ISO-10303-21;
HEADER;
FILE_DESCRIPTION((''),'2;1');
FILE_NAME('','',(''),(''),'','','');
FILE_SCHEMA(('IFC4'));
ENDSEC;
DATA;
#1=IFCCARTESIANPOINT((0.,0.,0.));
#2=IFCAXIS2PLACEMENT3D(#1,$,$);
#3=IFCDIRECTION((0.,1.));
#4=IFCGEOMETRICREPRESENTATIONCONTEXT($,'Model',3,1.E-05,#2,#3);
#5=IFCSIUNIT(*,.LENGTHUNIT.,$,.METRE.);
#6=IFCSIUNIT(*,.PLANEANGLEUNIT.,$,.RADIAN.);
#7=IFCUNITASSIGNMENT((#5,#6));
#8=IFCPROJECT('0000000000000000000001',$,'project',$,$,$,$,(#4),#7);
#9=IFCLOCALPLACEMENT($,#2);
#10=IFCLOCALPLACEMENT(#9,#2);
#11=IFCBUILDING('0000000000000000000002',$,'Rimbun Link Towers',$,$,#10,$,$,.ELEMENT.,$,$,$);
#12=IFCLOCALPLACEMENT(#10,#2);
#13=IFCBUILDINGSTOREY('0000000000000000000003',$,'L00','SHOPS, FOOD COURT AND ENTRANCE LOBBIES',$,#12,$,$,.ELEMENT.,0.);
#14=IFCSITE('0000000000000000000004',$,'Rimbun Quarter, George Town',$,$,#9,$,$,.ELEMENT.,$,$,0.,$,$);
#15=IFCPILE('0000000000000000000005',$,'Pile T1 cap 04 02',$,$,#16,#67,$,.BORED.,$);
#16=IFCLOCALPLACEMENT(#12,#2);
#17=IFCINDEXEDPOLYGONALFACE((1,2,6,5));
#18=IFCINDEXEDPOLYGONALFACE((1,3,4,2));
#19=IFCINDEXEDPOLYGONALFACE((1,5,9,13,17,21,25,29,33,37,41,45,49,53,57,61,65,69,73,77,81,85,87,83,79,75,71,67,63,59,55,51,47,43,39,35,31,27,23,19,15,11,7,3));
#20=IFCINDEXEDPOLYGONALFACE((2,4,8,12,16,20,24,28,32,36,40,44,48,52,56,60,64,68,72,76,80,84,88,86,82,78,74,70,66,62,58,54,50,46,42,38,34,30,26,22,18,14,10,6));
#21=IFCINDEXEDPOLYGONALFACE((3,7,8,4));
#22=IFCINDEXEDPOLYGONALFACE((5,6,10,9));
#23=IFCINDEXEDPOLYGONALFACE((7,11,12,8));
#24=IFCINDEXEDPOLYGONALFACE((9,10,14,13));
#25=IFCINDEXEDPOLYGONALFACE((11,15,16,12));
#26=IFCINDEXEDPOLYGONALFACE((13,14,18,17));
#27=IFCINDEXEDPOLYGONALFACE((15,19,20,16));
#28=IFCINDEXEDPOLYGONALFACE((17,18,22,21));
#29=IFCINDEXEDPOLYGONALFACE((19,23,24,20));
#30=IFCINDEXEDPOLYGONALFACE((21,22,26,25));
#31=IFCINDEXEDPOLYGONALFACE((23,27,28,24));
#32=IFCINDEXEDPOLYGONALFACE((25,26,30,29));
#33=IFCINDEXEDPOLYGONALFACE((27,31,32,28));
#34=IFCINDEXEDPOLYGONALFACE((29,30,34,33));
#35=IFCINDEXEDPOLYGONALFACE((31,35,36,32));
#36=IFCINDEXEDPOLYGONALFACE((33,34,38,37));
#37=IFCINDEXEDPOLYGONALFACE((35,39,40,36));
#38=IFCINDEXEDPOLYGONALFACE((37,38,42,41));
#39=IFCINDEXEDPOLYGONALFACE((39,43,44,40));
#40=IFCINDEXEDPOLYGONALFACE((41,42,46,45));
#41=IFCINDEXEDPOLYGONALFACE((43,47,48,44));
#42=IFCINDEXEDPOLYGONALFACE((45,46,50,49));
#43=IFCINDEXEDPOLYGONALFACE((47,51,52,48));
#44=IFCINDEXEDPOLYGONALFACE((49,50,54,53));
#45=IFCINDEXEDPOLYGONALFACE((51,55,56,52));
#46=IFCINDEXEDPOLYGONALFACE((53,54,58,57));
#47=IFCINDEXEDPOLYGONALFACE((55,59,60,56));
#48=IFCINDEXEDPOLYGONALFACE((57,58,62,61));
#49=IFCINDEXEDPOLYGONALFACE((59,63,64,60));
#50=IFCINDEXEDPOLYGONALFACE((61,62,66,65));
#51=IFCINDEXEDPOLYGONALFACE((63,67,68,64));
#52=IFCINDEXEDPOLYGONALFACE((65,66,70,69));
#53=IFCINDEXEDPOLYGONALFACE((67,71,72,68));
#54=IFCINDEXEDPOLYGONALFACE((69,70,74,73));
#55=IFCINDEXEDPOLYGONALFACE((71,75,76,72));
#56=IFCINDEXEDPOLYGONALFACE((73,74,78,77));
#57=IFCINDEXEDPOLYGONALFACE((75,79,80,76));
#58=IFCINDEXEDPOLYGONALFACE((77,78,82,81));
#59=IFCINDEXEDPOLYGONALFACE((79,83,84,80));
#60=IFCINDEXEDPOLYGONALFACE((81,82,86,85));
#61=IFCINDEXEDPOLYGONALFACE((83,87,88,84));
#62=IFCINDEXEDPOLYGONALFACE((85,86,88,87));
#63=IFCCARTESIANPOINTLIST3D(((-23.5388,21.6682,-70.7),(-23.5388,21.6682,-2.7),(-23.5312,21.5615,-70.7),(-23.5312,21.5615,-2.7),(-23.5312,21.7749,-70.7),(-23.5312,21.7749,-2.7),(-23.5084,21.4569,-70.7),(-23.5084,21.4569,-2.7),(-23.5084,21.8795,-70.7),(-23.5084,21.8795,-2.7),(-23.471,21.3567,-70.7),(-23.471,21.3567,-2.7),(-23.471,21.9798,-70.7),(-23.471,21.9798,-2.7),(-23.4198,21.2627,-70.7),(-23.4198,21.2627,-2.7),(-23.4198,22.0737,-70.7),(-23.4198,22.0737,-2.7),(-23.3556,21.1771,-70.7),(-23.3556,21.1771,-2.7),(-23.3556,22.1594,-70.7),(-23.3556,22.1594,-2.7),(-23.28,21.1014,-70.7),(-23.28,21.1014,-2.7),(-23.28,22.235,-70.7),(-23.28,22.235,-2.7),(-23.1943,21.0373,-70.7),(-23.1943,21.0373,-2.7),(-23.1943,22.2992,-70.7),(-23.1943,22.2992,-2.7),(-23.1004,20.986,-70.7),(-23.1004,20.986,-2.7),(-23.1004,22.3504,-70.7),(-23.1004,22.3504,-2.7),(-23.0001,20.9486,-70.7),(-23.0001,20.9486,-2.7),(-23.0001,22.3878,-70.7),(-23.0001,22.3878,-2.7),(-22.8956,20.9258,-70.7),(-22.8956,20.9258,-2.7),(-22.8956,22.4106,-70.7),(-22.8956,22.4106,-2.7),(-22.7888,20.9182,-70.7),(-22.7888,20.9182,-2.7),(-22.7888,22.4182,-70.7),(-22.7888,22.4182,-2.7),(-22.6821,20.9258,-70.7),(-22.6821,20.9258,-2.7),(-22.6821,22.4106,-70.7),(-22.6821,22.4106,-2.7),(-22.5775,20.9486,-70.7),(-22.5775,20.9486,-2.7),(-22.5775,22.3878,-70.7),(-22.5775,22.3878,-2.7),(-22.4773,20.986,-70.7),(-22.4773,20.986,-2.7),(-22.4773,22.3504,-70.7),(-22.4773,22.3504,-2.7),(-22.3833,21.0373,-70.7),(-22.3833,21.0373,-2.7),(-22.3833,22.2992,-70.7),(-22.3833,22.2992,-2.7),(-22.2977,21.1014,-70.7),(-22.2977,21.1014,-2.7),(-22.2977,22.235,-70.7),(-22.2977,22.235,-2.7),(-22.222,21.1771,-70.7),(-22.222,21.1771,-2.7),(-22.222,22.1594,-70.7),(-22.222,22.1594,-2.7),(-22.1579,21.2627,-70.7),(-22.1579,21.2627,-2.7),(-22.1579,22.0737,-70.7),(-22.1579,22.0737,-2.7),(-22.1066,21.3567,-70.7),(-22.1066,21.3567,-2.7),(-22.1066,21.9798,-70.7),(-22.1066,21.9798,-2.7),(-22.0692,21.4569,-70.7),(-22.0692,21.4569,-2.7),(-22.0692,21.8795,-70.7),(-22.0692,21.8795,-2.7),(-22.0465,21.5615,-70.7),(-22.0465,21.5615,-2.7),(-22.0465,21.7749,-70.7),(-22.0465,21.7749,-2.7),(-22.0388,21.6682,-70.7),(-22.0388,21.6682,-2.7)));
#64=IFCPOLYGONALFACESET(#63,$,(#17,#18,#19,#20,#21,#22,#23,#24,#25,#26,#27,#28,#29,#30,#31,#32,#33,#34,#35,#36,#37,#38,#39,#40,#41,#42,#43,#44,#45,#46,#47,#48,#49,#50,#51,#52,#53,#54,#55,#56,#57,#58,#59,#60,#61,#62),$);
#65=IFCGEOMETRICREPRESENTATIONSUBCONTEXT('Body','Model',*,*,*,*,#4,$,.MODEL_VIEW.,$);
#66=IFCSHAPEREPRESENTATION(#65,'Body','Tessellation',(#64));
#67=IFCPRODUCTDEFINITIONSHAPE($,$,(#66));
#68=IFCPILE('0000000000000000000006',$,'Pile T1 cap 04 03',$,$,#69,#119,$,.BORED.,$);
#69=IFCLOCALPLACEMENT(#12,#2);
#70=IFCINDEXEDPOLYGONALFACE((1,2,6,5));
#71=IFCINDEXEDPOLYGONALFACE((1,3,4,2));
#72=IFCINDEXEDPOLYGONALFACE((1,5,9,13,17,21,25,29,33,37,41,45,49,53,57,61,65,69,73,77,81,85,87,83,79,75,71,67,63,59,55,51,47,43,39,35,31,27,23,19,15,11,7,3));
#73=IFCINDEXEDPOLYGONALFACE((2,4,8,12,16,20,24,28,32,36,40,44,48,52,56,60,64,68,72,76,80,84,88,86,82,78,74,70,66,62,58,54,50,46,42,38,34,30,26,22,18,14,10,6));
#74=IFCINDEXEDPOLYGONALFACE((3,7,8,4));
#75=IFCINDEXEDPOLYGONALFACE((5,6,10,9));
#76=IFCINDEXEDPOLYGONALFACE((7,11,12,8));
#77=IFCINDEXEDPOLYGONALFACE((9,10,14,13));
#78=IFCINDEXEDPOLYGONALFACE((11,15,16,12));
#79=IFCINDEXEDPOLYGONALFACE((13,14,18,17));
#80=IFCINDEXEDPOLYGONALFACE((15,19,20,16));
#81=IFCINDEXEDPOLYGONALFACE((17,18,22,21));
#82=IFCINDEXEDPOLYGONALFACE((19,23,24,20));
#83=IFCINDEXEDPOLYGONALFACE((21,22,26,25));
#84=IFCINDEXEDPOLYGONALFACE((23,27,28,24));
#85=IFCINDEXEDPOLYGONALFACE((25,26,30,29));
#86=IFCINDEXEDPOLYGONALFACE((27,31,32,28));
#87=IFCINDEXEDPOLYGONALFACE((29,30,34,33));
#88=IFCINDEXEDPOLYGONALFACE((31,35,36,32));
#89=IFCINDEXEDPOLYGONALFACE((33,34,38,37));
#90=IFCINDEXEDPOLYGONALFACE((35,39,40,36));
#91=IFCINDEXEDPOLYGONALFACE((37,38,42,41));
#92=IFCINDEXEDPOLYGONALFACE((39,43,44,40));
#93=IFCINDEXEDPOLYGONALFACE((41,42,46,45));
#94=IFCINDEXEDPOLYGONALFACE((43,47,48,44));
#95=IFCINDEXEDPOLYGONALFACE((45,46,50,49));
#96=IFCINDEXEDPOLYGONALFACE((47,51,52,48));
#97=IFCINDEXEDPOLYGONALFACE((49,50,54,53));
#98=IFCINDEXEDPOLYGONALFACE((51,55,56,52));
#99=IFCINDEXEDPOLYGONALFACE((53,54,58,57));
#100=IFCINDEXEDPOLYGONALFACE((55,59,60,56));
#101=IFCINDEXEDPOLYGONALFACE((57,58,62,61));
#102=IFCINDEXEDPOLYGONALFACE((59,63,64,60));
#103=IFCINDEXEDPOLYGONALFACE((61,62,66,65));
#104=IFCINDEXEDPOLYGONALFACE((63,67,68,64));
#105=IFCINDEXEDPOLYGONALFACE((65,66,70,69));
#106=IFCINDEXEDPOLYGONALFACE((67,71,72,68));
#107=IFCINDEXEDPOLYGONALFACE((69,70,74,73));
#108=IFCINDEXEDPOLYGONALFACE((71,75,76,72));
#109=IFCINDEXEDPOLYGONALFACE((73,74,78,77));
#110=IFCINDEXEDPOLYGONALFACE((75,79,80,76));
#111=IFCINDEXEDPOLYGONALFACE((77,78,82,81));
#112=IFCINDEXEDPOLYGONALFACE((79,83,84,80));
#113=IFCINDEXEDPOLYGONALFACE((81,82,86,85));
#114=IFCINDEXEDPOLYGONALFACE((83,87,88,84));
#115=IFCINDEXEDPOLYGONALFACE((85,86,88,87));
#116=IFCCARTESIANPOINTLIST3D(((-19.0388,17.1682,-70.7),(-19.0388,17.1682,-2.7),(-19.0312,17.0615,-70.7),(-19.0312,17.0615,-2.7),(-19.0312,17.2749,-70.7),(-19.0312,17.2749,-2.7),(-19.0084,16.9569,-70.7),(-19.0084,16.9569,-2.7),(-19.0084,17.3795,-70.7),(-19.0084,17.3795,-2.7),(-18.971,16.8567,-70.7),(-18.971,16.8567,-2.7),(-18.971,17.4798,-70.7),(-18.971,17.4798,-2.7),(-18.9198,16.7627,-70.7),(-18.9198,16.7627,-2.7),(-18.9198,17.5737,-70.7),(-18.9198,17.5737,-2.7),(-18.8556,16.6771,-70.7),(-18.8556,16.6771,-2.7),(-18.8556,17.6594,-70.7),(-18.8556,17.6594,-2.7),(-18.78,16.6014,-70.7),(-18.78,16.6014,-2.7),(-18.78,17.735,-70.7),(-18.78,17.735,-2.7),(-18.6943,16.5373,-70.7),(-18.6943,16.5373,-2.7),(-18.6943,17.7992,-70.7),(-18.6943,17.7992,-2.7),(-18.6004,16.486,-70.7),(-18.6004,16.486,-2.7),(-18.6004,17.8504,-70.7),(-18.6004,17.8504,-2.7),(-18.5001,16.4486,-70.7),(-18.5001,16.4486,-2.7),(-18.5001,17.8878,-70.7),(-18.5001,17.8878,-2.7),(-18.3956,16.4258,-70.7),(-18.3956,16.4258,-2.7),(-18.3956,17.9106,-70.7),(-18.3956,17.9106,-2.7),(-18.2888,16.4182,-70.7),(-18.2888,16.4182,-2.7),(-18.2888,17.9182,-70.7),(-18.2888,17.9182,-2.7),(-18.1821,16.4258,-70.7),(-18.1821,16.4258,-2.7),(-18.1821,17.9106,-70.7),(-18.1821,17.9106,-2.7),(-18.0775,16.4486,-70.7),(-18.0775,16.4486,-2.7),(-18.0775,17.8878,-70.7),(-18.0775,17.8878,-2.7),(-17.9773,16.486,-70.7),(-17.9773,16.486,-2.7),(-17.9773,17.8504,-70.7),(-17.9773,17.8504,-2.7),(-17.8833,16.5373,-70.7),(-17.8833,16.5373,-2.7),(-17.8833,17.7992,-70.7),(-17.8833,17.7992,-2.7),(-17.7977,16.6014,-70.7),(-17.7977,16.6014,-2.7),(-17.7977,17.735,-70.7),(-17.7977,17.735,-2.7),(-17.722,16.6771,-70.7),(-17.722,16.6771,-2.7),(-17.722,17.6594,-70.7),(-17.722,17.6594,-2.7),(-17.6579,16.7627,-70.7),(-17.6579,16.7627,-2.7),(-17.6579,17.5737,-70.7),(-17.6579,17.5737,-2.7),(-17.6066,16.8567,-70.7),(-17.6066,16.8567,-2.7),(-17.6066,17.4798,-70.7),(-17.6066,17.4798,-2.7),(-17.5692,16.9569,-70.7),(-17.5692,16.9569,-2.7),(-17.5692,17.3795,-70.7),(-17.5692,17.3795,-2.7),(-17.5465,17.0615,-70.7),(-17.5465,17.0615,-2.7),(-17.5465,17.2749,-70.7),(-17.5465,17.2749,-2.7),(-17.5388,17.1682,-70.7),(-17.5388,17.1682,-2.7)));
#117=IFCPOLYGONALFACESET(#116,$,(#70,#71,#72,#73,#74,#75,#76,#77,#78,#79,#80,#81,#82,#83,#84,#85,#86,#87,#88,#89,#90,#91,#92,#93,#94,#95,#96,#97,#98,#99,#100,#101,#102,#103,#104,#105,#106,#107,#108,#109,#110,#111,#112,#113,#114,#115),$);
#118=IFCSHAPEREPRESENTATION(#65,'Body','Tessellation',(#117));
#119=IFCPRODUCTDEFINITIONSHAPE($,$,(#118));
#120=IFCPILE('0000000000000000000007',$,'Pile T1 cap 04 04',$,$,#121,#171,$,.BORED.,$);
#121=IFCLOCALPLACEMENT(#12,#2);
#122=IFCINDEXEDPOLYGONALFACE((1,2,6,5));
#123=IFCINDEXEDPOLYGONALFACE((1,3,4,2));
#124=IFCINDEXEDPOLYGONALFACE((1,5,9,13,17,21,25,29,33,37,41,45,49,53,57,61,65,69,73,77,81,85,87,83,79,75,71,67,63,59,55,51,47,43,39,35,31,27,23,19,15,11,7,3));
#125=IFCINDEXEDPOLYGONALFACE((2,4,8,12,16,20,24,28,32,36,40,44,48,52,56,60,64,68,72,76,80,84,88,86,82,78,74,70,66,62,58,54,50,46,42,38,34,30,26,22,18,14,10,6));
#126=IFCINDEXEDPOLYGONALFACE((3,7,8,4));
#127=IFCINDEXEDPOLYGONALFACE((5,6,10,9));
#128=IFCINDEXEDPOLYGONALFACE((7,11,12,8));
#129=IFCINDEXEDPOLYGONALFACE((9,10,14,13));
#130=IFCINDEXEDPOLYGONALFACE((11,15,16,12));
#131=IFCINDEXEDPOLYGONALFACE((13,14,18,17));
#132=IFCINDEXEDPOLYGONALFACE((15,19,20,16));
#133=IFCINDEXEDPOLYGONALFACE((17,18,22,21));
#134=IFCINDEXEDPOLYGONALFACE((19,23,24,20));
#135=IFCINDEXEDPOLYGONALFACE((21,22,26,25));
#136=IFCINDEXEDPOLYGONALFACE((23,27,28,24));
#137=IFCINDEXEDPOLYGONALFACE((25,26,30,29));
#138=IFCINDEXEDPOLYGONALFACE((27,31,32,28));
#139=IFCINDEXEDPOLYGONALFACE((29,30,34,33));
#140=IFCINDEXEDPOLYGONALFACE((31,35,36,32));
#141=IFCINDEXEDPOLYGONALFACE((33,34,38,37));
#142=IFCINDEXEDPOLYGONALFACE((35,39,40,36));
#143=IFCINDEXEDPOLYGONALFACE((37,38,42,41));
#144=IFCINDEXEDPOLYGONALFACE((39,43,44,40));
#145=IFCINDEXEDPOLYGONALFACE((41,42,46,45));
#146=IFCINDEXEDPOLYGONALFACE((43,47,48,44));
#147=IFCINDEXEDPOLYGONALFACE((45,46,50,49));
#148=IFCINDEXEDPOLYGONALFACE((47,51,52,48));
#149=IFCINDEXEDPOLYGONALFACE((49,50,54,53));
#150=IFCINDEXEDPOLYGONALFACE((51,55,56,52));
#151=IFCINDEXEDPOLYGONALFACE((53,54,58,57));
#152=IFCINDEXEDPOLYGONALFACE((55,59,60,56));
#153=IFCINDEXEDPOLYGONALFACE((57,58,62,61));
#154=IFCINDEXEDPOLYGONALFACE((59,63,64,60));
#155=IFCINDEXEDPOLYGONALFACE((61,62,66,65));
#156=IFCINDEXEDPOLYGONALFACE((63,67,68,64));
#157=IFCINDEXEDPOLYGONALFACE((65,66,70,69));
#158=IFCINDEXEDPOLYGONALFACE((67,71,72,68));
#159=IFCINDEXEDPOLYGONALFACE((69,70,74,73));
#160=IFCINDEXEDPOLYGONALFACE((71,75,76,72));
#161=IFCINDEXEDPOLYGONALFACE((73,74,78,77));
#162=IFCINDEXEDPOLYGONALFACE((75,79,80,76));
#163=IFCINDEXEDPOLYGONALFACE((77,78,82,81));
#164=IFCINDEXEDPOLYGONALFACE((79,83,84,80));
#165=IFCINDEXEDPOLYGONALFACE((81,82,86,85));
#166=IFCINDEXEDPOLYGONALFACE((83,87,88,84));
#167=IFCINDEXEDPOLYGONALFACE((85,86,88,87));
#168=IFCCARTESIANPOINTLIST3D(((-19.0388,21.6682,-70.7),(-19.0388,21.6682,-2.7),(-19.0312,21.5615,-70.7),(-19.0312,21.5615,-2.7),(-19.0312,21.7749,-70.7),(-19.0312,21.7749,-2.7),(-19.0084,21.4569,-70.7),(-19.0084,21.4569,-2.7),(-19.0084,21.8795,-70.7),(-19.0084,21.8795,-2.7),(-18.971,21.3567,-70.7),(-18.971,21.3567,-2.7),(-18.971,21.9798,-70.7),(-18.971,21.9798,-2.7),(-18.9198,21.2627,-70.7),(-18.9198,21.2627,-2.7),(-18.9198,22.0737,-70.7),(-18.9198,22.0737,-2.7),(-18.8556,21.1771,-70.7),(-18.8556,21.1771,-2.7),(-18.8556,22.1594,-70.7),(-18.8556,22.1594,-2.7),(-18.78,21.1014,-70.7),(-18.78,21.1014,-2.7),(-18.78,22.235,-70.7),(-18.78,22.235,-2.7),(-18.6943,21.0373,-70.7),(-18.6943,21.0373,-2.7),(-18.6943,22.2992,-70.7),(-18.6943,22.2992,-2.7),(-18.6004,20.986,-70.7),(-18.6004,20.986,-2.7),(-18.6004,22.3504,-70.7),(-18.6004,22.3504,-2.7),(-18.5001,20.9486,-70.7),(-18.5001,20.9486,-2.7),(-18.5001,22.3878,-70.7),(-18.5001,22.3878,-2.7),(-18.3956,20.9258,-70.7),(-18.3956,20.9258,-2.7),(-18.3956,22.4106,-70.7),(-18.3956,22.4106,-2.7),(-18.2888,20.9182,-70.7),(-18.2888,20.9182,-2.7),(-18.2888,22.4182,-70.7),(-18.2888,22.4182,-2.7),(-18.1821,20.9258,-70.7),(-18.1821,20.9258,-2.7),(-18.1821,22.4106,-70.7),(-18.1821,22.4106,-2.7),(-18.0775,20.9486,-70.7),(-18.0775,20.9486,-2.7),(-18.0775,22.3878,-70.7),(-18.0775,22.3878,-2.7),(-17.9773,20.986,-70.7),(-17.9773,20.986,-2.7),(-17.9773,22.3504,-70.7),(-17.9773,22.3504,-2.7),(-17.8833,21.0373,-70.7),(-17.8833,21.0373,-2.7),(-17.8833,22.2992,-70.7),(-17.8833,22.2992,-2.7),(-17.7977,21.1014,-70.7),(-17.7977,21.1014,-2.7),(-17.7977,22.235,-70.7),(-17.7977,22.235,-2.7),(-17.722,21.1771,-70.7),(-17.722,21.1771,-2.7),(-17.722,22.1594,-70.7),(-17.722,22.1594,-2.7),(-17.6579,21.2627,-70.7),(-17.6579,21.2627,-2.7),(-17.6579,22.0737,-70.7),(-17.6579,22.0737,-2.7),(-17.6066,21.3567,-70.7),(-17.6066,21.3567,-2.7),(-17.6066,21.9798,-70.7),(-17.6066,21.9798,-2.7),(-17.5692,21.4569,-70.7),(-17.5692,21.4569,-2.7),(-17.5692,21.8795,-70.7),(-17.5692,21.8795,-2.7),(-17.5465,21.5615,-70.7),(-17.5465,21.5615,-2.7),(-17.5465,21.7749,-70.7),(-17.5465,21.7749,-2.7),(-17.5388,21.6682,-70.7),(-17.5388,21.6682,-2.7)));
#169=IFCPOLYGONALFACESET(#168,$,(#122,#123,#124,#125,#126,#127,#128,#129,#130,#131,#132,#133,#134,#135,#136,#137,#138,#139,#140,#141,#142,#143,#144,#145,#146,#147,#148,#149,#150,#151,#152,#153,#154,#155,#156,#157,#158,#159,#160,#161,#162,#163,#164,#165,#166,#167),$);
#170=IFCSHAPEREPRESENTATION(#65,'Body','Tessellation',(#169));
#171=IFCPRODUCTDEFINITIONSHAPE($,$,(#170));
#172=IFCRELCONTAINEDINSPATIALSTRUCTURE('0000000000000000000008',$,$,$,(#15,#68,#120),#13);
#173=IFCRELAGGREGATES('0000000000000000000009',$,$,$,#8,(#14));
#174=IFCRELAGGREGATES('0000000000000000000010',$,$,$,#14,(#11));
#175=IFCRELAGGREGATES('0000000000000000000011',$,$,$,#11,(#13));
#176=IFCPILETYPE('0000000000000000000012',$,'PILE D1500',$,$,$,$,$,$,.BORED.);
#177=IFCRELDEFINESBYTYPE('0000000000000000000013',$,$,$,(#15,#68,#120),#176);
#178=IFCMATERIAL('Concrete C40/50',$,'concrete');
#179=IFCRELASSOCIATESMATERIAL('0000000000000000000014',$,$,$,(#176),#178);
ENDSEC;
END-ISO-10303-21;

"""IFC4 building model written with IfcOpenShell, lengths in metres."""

from ifc_helpers import new_model, si_unit, direction, frame, origin, origin_2d, place, context, subcontext, project, spatial, circle, extrude, material, material_profile, profile_set, type_object, element, save


model = new_model("IFC4")

# Units and contexts
model_context = context("Model", 3, precision=1e-05, world=origin(), true_north=direction((0.0, 1.0)))
body_context = subcontext(model_context, "Body", "Model", "MODEL_VIEW")
ifc_project = project(units=[si_unit("LENGTHUNIT", "METRE"), si_unit("PLANEANGLEUNIT", "RADIAN")], contexts=[model_context])

# Site, building, storey
site_placement = place(None, origin())
site = spatial("IfcSite", under=ifc_project, at=site_placement, Name="Rimbun Quarter, George Town", CompositionType="ELEMENT", RefElevation=0.0)
building_placement = place(site_placement, origin())
building = spatial("IfcBuilding", under=site, at=building_placement, Name="Rimbun Link Towers", CompositionType="ELEMENT")
storey_placement = place(building_placement, origin())
storey = spatial("IfcBuildingStorey", under=building, at=storey_placement, Name="L00", Description="SHOPS, FOOD COURT AND ENTRANCE LOBBIES", CompositionType="ELEMENT", Elevation=0.0)

# Piles
ifc_material_1 = material(Name="Concrete C40/50", Category="concrete")
ifc_material_profile_1 = material_profile(ifc_material_1, circle(Radius=0.75, at=origin_2d()), Name="PILE D1500")
ifc_profile_set_1 = profile_set([ifc_material_profile_1], Name="Concrete C40/50")
pile_type_1 = type_object("IfcPileType", Name="PILE D1500", PredefinedType="BORED", material=ifc_profile_set_1)
for number, where, z_axis, x_axis, name in (
    (1, (-22.7888, 21.6682, -2.7), (0.0, 0.0, -1.0), (1.0, 0.0, 0.0), "Pile T1 cap 04 02"),
    (2, (-18.2888, 17.1682, -2.7), (0.0, 0.0, -1.0), (1.0, 0.0, 0.0), "Pile T1 cap 04 03"),
    (3, (-18.2888, 21.6682, -2.7), (0.0, 0.0, -1.0), (1.0, 0.0, 0.0), "Pile T1 cap 04 04"),
):
    element("IfcPile", number, at=place(storey_placement, frame(where, z_axis=z_axis, x_axis=x_axis)), inside=storey, type_object=pile_type_1, Name=name, PredefinedType="BORED", context=body_context, shape_type="SweptSolid", body=[
        extrude(circle(Radius=0.75, at=origin_2d()), origin(), (0.0, 0.0, 1.0), 68.0),
    ])

save(model, "model.ifc")
